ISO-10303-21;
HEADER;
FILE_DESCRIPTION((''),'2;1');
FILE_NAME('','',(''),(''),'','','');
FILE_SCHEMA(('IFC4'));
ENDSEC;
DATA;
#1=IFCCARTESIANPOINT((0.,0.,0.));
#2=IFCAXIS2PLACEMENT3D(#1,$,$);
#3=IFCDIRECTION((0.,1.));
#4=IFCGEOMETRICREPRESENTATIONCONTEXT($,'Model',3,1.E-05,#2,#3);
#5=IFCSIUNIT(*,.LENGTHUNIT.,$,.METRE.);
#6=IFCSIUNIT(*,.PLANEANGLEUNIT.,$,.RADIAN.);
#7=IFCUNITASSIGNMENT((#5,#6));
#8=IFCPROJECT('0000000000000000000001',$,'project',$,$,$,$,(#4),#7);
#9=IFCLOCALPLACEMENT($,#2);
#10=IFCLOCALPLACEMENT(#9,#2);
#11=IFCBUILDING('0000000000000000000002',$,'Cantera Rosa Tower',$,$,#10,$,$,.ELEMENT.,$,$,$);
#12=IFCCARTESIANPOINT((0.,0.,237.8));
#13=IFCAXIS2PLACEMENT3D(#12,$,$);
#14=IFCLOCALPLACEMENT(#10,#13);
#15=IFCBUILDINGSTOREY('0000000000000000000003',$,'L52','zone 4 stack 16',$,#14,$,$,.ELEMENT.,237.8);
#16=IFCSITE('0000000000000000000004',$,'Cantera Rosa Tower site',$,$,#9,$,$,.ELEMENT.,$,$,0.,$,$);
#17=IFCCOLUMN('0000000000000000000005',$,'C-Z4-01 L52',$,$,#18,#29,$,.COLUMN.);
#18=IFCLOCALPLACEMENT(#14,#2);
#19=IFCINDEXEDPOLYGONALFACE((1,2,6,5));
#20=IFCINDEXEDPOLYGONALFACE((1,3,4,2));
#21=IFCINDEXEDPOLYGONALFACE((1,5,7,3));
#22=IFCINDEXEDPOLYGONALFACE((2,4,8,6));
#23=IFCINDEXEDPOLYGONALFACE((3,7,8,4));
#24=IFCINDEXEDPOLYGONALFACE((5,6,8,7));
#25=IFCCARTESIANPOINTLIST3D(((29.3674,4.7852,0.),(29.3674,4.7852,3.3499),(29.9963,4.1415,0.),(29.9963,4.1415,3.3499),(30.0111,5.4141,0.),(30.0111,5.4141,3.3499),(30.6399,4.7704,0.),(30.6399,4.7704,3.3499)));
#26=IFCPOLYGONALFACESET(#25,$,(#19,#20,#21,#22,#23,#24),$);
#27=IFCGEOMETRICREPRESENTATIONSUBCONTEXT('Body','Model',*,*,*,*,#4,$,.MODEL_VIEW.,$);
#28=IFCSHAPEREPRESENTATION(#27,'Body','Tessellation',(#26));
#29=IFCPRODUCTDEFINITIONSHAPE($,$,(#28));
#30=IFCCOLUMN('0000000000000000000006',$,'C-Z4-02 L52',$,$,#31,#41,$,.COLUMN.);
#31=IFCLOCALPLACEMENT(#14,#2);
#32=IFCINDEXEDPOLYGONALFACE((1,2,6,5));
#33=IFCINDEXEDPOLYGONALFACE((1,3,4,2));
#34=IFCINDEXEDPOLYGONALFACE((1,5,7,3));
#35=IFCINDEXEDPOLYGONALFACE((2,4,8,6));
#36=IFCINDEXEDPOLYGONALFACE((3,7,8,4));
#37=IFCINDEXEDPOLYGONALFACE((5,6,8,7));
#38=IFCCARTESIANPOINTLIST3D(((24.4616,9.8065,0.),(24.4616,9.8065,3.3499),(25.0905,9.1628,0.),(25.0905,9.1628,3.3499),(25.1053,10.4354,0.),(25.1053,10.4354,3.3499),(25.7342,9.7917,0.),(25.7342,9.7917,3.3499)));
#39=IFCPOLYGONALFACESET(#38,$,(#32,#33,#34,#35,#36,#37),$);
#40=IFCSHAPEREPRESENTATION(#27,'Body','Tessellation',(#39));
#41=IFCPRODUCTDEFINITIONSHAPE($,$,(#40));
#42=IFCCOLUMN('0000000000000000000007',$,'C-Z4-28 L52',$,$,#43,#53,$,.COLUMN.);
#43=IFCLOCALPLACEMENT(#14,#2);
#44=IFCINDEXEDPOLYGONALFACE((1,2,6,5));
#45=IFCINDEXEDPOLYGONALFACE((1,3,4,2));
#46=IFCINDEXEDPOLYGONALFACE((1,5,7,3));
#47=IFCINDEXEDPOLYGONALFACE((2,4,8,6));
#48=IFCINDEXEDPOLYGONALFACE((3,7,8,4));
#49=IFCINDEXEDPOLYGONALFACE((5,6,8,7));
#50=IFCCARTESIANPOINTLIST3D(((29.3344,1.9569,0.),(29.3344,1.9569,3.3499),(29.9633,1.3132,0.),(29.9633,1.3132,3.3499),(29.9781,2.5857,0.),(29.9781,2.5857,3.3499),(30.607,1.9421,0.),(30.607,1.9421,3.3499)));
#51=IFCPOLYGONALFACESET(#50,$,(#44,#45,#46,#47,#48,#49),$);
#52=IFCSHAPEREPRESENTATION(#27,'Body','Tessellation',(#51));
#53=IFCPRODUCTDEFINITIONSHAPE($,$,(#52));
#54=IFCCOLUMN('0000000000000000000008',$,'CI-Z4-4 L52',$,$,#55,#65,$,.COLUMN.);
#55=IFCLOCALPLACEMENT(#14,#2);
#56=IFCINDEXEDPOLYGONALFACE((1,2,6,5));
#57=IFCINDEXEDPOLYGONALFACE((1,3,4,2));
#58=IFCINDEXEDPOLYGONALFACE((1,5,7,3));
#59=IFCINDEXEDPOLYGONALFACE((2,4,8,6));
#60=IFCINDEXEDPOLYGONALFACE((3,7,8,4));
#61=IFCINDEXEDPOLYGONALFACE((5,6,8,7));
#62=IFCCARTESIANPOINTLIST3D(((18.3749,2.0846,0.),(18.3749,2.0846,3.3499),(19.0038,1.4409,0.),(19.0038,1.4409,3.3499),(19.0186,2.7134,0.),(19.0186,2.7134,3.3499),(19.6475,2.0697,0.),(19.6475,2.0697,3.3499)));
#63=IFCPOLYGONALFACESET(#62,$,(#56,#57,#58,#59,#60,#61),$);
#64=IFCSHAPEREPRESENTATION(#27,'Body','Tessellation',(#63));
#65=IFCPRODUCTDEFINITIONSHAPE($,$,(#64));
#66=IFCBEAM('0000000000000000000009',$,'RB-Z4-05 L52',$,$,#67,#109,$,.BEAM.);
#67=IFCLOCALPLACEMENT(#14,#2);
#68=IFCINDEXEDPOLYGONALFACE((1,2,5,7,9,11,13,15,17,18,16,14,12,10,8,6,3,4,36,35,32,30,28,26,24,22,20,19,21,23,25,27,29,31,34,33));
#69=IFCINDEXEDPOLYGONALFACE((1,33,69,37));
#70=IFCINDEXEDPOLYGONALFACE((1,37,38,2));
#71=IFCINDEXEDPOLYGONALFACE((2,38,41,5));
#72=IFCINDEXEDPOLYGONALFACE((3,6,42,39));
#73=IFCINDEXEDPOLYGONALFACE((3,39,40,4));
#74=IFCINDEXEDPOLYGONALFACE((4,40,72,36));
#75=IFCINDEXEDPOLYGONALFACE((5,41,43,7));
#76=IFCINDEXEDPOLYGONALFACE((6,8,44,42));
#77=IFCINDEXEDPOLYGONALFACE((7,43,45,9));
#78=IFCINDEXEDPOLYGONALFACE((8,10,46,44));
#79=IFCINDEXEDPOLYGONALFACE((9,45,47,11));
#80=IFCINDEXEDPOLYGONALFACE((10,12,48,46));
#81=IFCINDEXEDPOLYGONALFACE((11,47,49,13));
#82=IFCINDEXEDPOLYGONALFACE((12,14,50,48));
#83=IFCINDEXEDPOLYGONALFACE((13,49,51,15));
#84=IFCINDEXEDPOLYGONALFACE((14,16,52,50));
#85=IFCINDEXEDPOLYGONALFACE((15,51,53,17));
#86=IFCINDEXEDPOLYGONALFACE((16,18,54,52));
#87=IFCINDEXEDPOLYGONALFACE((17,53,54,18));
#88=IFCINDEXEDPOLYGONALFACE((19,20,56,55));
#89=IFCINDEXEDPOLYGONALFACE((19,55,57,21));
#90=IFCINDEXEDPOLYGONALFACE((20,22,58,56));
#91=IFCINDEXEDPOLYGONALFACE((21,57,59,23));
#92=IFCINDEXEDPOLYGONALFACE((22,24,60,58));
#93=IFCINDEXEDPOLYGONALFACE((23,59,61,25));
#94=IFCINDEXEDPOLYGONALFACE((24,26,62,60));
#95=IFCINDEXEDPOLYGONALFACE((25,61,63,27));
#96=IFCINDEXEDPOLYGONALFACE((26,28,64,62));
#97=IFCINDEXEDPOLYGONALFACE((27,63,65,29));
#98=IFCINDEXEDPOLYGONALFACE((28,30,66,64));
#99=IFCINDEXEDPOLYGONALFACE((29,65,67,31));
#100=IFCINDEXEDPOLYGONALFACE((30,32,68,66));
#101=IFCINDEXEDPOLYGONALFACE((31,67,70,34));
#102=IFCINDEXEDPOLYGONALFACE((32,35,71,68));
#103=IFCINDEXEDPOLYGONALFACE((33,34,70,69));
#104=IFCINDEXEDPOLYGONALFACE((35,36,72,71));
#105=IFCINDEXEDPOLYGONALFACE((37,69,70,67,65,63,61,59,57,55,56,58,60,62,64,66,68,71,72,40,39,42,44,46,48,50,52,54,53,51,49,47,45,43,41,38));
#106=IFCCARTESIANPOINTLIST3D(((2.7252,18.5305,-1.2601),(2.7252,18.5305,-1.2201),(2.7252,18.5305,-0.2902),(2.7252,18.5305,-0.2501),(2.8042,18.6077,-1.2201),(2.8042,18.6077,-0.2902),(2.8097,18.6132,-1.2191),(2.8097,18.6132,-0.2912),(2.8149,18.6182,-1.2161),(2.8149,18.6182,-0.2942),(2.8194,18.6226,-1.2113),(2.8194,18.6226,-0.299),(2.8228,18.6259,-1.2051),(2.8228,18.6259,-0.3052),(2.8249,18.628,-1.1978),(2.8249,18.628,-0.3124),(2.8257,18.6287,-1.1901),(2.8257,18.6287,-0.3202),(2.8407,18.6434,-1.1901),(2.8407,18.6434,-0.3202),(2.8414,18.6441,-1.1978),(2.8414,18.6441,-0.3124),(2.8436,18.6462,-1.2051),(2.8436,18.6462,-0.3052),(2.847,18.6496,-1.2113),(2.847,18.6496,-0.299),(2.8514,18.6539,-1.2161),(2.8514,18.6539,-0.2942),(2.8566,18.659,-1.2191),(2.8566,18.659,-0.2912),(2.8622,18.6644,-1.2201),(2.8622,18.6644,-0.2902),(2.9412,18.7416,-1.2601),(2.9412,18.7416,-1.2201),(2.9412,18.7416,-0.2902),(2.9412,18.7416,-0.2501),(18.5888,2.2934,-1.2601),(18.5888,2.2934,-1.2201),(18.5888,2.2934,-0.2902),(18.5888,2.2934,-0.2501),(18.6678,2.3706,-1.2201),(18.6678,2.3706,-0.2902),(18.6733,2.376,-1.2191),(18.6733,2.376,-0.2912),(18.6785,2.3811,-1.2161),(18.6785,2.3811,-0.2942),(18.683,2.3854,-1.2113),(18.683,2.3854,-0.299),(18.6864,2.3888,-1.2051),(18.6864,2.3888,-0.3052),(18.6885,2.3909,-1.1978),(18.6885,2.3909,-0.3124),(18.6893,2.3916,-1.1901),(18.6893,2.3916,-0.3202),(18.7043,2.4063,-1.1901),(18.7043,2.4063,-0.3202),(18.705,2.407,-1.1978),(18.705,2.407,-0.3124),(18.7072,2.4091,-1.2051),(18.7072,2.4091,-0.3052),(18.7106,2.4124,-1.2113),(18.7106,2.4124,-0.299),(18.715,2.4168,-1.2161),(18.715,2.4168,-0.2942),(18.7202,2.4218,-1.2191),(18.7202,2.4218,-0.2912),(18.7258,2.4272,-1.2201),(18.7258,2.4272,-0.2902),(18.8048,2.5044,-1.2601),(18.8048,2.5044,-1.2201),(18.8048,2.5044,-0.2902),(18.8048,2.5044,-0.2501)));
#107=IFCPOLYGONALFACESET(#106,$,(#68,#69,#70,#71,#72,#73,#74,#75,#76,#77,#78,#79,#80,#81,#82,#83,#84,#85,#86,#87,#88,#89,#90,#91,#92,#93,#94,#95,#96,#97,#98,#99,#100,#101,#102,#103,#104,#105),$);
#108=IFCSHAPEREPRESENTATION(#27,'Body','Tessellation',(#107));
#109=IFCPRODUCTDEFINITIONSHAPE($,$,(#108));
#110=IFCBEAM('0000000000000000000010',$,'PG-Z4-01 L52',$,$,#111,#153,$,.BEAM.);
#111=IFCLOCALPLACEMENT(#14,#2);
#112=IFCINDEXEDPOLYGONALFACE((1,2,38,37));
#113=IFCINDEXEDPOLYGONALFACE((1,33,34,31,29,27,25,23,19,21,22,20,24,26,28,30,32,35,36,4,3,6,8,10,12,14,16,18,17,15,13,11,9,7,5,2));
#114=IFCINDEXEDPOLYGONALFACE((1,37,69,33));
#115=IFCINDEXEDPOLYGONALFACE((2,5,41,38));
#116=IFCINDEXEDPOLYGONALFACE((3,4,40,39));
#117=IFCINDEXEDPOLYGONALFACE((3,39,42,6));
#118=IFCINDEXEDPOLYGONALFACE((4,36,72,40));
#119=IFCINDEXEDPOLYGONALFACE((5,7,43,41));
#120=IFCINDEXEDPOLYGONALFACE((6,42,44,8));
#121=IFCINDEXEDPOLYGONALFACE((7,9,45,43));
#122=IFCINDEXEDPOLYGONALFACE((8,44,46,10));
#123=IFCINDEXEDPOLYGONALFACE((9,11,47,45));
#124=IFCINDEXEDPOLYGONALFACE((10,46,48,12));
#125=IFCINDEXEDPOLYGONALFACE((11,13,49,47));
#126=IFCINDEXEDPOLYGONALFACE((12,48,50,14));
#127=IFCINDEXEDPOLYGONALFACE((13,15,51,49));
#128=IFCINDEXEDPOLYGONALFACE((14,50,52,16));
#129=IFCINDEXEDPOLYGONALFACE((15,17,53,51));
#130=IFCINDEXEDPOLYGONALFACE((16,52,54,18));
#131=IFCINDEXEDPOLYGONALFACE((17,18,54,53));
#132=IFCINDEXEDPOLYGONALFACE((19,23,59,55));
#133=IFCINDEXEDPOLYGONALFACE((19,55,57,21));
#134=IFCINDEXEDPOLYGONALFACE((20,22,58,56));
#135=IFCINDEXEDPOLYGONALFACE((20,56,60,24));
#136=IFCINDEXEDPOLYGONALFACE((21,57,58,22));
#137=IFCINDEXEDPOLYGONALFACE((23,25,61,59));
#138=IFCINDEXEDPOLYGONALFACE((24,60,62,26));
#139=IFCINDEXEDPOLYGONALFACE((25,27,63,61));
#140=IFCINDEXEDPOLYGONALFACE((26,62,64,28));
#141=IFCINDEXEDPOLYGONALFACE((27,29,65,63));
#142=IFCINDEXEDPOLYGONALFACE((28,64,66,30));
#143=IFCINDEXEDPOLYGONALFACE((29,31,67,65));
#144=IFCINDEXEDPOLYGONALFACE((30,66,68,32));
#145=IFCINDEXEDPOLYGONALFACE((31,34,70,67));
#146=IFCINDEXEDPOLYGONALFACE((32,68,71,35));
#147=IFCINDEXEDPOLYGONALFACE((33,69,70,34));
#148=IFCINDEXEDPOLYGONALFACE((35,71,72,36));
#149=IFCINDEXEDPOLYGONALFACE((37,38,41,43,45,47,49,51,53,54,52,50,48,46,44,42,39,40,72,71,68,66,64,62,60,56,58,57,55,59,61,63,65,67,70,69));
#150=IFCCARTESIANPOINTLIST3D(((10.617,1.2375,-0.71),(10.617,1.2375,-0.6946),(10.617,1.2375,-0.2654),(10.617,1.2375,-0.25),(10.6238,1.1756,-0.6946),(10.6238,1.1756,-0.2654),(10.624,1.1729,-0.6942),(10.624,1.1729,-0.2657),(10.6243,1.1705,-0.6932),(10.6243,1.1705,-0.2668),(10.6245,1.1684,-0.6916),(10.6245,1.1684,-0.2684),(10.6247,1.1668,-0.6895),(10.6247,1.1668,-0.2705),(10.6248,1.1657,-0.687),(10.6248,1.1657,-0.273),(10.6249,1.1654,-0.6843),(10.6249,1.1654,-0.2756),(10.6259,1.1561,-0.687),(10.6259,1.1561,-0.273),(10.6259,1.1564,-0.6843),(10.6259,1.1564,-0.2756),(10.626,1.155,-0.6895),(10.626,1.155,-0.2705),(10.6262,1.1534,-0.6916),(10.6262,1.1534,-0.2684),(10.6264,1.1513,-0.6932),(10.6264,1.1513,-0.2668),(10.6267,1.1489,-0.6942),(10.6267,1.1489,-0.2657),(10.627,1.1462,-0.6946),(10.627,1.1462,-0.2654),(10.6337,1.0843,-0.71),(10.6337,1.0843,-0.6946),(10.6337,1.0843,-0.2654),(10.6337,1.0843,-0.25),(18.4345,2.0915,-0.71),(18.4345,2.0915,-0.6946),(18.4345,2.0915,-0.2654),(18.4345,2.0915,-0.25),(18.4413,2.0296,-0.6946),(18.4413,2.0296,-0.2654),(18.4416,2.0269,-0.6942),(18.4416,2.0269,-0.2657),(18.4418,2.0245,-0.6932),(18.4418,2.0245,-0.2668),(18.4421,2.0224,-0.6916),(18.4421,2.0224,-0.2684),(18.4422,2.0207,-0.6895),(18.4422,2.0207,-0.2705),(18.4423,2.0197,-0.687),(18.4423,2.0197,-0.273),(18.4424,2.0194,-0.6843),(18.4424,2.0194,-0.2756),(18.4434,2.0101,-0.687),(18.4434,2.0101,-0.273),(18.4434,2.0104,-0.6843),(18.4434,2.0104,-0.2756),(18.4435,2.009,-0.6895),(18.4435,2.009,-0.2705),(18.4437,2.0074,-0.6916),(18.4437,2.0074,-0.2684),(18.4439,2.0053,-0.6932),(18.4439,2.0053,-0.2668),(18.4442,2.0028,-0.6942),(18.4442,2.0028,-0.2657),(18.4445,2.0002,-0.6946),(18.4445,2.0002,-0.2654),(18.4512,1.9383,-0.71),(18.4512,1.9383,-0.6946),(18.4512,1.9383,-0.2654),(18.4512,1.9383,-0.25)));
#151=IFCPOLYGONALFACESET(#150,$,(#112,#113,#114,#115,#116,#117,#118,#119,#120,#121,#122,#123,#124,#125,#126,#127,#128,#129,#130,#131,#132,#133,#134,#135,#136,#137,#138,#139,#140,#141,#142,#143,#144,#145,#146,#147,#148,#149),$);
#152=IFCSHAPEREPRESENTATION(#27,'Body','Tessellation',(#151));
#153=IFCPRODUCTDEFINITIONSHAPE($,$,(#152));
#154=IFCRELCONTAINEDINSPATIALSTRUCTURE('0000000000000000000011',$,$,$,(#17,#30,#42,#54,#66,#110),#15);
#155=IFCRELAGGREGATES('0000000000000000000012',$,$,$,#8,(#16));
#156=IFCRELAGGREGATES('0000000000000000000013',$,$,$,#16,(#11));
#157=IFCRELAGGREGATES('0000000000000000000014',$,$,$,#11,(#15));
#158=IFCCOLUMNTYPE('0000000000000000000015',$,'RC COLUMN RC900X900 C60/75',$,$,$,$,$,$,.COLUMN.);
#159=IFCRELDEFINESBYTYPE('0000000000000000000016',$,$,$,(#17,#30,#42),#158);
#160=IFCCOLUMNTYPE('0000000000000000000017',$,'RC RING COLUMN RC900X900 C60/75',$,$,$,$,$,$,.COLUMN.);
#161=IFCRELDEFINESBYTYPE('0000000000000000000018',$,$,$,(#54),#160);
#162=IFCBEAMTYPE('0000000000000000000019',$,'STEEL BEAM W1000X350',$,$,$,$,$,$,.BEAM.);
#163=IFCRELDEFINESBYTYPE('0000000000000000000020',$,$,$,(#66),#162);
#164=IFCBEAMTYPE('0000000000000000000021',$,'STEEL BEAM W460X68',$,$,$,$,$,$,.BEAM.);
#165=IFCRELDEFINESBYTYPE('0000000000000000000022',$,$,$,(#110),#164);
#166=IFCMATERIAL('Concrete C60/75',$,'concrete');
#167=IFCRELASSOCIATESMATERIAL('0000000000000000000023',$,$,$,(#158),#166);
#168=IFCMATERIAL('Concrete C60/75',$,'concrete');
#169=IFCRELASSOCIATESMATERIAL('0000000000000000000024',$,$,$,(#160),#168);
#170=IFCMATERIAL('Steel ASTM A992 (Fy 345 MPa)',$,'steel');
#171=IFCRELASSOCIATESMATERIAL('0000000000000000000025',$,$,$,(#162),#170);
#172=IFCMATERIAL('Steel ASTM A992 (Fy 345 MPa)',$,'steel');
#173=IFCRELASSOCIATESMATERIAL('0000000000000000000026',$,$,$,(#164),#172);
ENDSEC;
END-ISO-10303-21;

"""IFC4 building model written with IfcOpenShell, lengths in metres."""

from ifc_helpers import new_model, si_unit, direction, frame, origin, origin_2d, place, context, subcontext, project, spatial, rectangle, i_section, extrude, material, material_profile, profile_set, type_object, element, save


model = new_model("IFC4")

# Units and contexts
model_context = context("Model", 3, precision=1e-05, world=origin(), true_north=direction((0.0, 1.0)))
body_context = subcontext(model_context, "Body", "Model", "MODEL_VIEW")
ifc_project = project(units=[si_unit("LENGTHUNIT", "METRE"), si_unit("PLANEANGLEUNIT", "RADIAN")], contexts=[model_context])

# Site, building, storey
site_placement = place(None, origin())
site = spatial("IfcSite", under=ifc_project, at=site_placement, Name="Cantera Rosa Tower site", CompositionType="ELEMENT", RefElevation=0.0)
building_placement = place(site_placement, origin())
building = spatial("IfcBuilding", under=site, at=building_placement, Name="Cantera Rosa Tower", CompositionType="ELEMENT")
storey_placement = place(building_placement, frame((0.0, 0.0, 237.8)))
storey = spatial("IfcBuildingStorey", under=building, at=storey_placement, Name="L52", Description="zone 4 stack 16", CompositionType="ELEMENT", Elevation=237.8)

# Columns
ifc_material_1 = material(Name="Concrete C60/75", Category="concrete")
ifc_material_profile_1 = material_profile(ifc_material_1, rectangle(XDim=0.8999, YDim=0.8999, at=origin_2d()), Name="RC COLUMN RC900X900 C60/75")
ifc_profile_set_1 = profile_set([ifc_material_profile_1], Name="Concrete C60/75")
column_type_1 = type_object("IfcColumnType", Name="RC COLUMN RC900X900 C60/75", PredefinedType="COLUMN", material=ifc_profile_set_1)
for number, where, z_axis, x_axis, name in (
    (1, (30.0037, 4.7778, 0.0), (0.0, 0.0, 1.0), (0.715286, 0.698832, 0.0), "C-Z4-01 L52"),
    (2, (25.0979, 9.7991, 0.0), (0.0, 0.0, 1.0), (0.715286, 0.698832, 0.0), "C-Z4-02 L52"),
    (3, (29.9707, 1.9495, 0.0), (0.0, 0.0, 1.0), (0.715286, 0.698832, 0.0), "C-Z4-28 L52"),
):
    element("IfcColumn", number, at=place(storey_placement, frame(where, z_axis=z_axis, x_axis=x_axis)), inside=storey, type_object=column_type_1, Name=name, PredefinedType="COLUMN", context=body_context, shape_type="SweptSolid", body=[
        extrude(rectangle(XDim=0.8999, YDim=0.8999, at=origin_2d()), origin(), (0.0, 0.0, 1.0), 3.3499),
    ])
ifc_material_2 = material(Name="Concrete C60/75", Category="concrete")
ifc_material_profile_2 = material_profile(ifc_material_2, rectangle(XDim=0.8999, YDim=0.8999, at=origin_2d()), Name="RC RING COLUMN RC900X900 C60/75")
ifc_profile_set_2 = profile_set([ifc_material_profile_2], Name="Concrete C60/75")
column_type_2 = type_object("IfcColumnType", Name="RC RING COLUMN RC900X900 C60/75", PredefinedType="COLUMN", material=ifc_profile_set_2)
column_placement = place(storey_placement, frame((19.0112, 2.0771, 0.0), z_axis=(0.0, 0.0, 1.0), x_axis=(0.715286, 0.698832, 0.0)))
element("IfcColumn", 4, at=column_placement, inside=storey, type_object=column_type_2, Name="CI-Z4-4 L52", PredefinedType="COLUMN", context=body_context, shape_type="SweptSolid", body=[
    extrude(rectangle(XDim=0.8999, YDim=0.8999, at=origin_2d()), origin(), (0.0, 0.0, 1.0), 3.3499),
])

# Beams
ifc_material_3 = material(Name="Steel ASTM A992 (Fy 345 MPa)", Category="steel")
ifc_material_profile_3 = material_profile(ifc_material_3, i_section(OverallWidth=0.302, OverallDepth=1.01, WebThickness=0.021, FlangeThickness=0.04, FilletRadius=0.03, at=origin_2d()), Name="W1000X350")
ifc_profile_set_3 = profile_set([ifc_material_profile_3], Name="Steel ASTM A992 (Fy 345 MPa)")
beam_type_1 = type_object("IfcBeamType", Name="STEEL BEAM W1000X350", PredefinedType="BEAM", material=ifc_profile_set_3)
beam_1_placement = place(storey_placement, frame((18.6968, 2.3989, -0.7551), z_axis=(-0.698831, 0.715287, 0.0), x_axis=(-0.715287, -0.698831, 0.0)))
element("IfcBeam", 5, at=beam_1_placement, inside=storey, type_object=beam_type_1, Name="RB-Z4-05 L52", PredefinedType="BEAM", context=body_context, shape_type="SweptSolid", body=[
    extrude(i_section(OverallWidth=0.302, OverallDepth=1.01, WebThickness=0.021, FlangeThickness=0.04, FilletRadius=0.03, at=origin_2d()), origin(), (0.0, 0.0, 1.0), 22.7002),
])
ifc_material_4 = material(Name="Steel ASTM A992 (Fy 345 MPa)", Category="steel")
ifc_material_profile_4 = material_profile(ifc_material_4, i_section(OverallWidth=0.1541, OverallDepth=0.46, WebThickness=0.009, FlangeThickness=0.0154, FilletRadius=0.0103, at=origin_2d()), Name="W460X68")
ifc_profile_set_4 = profile_set([ifc_material_profile_4], Name="Steel ASTM A992 (Fy 345 MPa)")
beam_type_2 = type_object("IfcBeamType", Name="STEEL BEAM W460X68", PredefinedType="BEAM", material=ifc_profile_set_4)
beam_2_placement = place(storey_placement, frame((18.4429, 2.0149, -0.48), z_axis=(-0.994086, -0.108595, 0.0), x_axis=(0.108595, -0.994086, 0.0)))
element("IfcBeam", 6, at=beam_2_placement, inside=storey, type_object=beam_type_2, Name="PG-Z4-01 L52", PredefinedType="BEAM", context=body_context, shape_type="SweptSolid", body=[
    extrude(i_section(OverallWidth=0.1541, OverallDepth=0.46, WebThickness=0.009, FlangeThickness=0.0154, FilletRadius=0.0103, at=origin_2d()), origin(), (0.0, 0.0, 1.0), 7.864),
])

save(model, "model.ifc")
